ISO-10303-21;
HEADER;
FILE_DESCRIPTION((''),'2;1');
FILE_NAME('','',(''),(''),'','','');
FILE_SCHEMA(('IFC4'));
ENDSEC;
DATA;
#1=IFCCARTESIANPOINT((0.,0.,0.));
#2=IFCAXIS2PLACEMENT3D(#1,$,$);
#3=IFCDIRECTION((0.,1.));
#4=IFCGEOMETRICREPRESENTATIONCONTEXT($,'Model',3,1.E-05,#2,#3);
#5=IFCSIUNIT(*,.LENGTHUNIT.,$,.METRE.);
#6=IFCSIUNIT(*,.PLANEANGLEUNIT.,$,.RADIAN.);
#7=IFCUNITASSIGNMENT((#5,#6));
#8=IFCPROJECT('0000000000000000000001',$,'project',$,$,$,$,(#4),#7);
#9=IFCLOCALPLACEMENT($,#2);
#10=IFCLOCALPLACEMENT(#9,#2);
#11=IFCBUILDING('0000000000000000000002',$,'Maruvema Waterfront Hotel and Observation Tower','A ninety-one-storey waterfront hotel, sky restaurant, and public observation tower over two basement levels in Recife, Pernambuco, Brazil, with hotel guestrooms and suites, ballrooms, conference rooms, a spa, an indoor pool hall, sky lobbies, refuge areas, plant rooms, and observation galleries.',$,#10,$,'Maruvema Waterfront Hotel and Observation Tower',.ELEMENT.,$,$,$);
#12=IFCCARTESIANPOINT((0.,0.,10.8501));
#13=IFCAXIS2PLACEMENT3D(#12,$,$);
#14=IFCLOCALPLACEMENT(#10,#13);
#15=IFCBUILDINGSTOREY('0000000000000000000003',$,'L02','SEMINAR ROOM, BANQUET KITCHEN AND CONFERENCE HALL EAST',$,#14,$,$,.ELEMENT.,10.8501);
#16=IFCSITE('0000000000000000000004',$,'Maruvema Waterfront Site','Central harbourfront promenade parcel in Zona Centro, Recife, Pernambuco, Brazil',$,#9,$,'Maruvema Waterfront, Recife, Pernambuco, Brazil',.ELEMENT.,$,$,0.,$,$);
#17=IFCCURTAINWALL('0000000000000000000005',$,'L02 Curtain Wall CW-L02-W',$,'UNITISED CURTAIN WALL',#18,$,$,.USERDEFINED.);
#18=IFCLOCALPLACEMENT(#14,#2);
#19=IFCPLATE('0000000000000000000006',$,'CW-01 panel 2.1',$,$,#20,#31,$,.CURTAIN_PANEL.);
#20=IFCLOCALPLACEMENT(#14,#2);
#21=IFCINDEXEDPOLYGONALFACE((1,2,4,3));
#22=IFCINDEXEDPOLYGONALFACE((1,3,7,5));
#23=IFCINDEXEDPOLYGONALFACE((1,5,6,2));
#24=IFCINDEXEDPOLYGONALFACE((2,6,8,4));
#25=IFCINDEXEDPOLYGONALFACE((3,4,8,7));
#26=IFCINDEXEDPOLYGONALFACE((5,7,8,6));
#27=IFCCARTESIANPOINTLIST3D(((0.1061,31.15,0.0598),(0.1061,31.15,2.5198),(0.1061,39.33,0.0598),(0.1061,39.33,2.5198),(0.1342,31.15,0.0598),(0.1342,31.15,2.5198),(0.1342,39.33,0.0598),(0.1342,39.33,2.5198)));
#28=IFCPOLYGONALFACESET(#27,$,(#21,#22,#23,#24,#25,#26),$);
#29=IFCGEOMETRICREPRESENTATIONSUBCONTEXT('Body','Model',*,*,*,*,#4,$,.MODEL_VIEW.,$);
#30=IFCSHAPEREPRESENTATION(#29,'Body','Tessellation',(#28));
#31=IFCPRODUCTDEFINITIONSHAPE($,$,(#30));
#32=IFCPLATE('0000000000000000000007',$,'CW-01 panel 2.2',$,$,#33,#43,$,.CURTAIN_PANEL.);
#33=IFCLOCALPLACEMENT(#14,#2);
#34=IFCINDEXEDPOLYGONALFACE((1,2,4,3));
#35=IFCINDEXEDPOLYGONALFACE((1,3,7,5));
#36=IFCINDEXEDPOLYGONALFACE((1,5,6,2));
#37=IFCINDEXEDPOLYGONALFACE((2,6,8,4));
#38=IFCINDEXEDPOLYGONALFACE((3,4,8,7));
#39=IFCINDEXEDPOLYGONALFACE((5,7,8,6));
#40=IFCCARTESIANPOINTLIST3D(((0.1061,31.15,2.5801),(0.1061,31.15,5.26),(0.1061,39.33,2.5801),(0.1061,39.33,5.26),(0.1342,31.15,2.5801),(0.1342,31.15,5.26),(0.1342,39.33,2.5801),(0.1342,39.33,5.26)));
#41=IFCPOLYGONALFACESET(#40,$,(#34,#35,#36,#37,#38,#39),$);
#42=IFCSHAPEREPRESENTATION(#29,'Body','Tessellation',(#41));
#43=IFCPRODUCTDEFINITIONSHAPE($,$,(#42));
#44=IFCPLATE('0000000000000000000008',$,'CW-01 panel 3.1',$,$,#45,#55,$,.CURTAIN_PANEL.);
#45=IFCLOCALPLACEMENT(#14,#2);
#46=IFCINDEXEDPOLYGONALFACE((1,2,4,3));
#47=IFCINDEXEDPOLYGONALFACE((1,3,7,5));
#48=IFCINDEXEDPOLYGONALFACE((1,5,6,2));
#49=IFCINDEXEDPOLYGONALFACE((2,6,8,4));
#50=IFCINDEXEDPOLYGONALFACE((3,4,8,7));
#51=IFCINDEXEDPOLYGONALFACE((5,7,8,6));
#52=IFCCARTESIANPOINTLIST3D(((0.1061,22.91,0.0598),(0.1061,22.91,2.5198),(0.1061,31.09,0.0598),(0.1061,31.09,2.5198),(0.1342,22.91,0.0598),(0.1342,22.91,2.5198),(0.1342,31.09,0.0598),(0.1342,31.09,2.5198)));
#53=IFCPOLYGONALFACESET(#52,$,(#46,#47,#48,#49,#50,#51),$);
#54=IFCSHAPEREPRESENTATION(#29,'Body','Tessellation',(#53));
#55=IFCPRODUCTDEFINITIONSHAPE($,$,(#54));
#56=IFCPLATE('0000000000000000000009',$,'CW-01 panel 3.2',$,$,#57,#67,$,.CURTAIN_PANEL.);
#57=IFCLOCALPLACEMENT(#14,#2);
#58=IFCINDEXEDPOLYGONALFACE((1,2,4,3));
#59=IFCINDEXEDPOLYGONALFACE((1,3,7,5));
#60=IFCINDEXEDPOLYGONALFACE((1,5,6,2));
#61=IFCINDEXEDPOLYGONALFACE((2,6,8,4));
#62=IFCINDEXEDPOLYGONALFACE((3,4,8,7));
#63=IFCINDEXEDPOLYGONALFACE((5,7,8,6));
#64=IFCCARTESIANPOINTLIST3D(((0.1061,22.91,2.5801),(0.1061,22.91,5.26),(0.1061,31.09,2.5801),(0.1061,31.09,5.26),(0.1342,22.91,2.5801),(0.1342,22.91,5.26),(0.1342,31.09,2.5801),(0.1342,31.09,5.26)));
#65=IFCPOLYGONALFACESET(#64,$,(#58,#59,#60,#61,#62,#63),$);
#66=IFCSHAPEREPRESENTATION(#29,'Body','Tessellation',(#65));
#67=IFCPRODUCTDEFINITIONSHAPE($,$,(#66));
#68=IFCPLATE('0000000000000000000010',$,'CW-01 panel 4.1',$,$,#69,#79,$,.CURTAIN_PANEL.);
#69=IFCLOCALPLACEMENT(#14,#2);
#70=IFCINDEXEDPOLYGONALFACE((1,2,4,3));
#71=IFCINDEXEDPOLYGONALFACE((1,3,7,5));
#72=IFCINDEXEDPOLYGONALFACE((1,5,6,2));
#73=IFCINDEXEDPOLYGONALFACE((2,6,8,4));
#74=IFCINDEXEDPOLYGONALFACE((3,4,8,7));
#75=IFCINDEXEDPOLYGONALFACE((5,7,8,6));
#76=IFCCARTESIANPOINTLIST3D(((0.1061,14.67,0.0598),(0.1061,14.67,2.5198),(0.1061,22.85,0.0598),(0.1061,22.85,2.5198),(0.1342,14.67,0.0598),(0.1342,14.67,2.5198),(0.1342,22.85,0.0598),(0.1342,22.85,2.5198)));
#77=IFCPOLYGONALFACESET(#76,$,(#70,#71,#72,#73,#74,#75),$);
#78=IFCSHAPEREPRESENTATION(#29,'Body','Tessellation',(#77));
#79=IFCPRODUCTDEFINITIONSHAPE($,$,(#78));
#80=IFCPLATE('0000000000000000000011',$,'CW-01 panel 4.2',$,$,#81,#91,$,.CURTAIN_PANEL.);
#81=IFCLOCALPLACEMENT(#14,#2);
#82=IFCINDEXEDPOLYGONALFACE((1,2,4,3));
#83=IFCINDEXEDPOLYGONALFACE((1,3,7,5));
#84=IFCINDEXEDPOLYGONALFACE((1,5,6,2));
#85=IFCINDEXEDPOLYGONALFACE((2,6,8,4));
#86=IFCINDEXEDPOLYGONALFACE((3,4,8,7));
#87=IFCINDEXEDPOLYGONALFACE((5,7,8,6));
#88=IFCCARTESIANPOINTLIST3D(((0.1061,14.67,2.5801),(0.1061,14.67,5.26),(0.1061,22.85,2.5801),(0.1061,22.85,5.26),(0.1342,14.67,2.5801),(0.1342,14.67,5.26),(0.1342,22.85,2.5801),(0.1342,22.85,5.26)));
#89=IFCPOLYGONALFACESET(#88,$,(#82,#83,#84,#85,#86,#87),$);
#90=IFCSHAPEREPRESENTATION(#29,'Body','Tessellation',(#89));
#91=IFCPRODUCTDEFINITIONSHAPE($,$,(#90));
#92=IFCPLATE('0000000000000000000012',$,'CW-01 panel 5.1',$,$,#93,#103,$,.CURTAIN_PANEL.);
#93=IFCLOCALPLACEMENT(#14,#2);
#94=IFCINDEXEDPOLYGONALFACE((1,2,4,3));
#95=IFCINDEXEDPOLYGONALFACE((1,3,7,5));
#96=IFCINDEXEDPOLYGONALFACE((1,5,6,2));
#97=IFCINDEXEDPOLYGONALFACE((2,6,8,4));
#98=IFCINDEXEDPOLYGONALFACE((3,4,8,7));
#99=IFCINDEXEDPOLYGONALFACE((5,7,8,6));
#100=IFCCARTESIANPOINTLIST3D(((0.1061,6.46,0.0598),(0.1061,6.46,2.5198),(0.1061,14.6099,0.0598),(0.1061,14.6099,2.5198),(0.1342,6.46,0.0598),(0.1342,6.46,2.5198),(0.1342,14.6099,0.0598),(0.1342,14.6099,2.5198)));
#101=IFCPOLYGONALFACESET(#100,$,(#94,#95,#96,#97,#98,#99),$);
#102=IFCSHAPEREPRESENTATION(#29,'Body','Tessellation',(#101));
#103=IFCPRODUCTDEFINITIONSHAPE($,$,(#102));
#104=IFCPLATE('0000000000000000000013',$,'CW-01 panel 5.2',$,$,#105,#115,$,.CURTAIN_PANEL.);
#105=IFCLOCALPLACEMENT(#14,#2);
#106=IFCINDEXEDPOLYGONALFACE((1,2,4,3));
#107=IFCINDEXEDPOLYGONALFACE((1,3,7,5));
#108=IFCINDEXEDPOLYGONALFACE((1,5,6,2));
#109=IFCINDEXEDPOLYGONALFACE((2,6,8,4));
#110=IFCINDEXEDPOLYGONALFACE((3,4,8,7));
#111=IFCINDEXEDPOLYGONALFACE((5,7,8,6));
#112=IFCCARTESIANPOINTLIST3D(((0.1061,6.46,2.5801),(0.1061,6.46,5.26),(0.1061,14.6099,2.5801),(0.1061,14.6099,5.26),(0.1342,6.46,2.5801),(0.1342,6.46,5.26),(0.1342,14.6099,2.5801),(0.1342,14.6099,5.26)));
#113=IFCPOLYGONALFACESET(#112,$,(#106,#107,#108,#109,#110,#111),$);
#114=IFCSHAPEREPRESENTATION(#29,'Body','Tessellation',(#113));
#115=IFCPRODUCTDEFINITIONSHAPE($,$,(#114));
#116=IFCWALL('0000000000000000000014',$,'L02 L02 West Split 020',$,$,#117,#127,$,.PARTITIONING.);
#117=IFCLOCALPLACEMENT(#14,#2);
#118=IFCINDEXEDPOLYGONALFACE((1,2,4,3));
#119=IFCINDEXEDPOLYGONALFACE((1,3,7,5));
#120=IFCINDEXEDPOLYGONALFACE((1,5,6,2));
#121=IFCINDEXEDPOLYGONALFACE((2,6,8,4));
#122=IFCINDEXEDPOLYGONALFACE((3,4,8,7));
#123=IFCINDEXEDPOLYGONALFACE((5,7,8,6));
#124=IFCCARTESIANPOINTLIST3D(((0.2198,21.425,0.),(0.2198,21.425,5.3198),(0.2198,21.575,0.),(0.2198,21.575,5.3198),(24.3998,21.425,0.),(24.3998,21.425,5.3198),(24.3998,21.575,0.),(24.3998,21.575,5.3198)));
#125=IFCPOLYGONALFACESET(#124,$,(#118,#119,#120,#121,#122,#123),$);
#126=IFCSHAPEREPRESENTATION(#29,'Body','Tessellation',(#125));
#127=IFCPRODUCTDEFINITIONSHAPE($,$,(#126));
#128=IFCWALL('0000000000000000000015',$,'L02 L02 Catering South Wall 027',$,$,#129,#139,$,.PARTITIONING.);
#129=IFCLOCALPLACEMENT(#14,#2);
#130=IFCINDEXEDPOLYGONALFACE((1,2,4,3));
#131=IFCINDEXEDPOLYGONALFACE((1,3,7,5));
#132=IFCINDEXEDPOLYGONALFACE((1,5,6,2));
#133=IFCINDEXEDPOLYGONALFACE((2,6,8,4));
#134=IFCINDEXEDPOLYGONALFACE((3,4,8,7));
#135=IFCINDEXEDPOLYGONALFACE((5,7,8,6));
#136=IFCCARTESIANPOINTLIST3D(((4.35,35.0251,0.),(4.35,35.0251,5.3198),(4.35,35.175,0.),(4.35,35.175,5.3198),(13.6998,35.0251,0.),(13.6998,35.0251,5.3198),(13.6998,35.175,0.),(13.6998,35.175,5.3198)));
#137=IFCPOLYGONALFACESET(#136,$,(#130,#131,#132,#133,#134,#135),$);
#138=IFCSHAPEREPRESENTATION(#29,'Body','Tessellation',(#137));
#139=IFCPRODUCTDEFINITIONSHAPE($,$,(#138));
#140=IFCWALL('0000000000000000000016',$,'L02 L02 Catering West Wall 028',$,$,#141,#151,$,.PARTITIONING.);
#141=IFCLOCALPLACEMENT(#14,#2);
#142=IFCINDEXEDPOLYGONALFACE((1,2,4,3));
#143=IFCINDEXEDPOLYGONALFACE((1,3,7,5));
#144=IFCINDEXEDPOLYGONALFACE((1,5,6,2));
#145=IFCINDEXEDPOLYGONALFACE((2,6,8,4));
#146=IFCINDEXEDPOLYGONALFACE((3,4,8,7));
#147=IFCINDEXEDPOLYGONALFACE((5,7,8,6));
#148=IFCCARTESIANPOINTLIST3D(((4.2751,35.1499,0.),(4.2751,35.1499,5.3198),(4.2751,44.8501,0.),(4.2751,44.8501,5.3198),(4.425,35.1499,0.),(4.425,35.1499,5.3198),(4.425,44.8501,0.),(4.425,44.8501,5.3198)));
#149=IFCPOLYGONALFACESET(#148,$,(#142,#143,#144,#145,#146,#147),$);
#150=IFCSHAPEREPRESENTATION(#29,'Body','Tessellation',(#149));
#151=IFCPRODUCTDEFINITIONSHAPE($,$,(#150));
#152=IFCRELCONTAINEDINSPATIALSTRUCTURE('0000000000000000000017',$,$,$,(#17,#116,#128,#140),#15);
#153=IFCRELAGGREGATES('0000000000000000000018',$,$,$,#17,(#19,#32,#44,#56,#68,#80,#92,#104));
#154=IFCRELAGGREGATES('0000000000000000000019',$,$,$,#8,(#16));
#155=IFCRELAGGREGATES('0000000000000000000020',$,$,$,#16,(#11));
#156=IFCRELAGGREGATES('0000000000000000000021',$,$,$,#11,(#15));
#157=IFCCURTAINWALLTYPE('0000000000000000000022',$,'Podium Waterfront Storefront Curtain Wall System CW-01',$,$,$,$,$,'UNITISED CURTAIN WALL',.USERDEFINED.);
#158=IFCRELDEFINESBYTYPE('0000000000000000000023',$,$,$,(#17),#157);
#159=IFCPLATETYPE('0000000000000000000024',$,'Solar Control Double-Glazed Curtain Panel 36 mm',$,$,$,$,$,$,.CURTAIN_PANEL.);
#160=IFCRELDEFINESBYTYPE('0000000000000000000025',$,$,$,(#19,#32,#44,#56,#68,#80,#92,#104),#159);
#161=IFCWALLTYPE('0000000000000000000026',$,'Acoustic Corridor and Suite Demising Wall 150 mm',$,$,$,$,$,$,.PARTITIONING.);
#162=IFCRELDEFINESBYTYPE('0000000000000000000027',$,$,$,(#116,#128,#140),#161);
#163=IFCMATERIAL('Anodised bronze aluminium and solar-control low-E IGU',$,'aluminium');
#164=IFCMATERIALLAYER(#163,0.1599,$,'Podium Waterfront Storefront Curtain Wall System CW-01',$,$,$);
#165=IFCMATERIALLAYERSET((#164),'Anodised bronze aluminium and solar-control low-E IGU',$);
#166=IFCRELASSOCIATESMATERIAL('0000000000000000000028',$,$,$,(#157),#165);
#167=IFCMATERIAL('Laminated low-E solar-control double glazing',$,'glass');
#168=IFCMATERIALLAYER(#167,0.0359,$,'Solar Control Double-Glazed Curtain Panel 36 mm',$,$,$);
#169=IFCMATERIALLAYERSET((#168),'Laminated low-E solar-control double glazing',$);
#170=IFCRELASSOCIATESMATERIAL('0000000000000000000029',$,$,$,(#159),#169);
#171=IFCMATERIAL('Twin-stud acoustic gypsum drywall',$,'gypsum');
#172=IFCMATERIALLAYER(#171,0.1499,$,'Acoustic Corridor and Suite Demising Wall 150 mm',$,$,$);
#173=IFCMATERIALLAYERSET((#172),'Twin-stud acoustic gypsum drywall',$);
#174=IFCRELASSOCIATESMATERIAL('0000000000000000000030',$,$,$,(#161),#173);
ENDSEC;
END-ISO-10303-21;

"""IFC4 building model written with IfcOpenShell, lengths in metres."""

from ifc_helpers import new_model, si_unit, direction, frame, frame_2d, origin, origin_2d, place, context, subcontext, project, spatial, rectangle, extrude, material, layer, layer_set, type_object, element, aggregate, save


model = new_model("IFC4")

# Units and contexts
model_context = context("Model", 3, precision=1e-05, world=origin(), true_north=direction((0.0, 1.0)))
body_context = subcontext(model_context, "Body", "Model", "MODEL_VIEW")
ifc_project = project(units=[si_unit("LENGTHUNIT", "METRE"), si_unit("PLANEANGLEUNIT", "RADIAN")], contexts=[model_context])

# Site, building, storey
site_placement = place(None, origin())
site = spatial("IfcSite", under=ifc_project, at=site_placement, Name="Maruvema Waterfront Site", Description="Central harbourfront promenade parcel in Zona Centro, Recife, Pernambuco, Brazil", LongName="Maruvema Waterfront, Recife, Pernambuco, Brazil", CompositionType="ELEMENT", RefElevation=0.0)
building_placement = place(site_placement, origin())
building = spatial("IfcBuilding", under=site, at=building_placement, Name="Maruvema Waterfront Hotel and Observation Tower", Description="A ninety-one-storey waterfront hotel, sky restaurant, and public observation tower over two basement levels in Recife, Pernambuco, Brazil, with hotel guestrooms and suites, ballrooms, conference rooms, a spa, an indoor pool hall, sky lobbies, refuge areas, plant rooms, and observation galleries.", LongName="Maruvema Waterfront Hotel and Observation Tower", CompositionType="ELEMENT")
storey_placement = place(building_placement, frame((0.0, 0.0, 10.8501)))
storey = spatial("IfcBuildingStorey", under=building, at=storey_placement, Name="L02", Description="SEMINAR ROOM, BANQUET KITCHEN AND CONFERENCE HALL EAST", CompositionType="ELEMENT", Elevation=10.8501)

# Curtain wall
ifc_material_1 = material(Name="Anodised bronze aluminium and solar-control low-E IGU", Category="aluminium")
ifc_layer_1 = layer(ifc_material_1, 0.1599, Name="Podium Waterfront Storefront Curtain Wall System CW-01")
ifc_layer_set_1 = layer_set([ifc_layer_1], Name="Anodised bronze aluminium and solar-control low-E IGU")
curtain_wall_type = type_object("IfcCurtainWallType", Name="Podium Waterfront Storefront Curtain Wall System CW-01", ElementType="UNITISED CURTAIN WALL", PredefinedType="USERDEFINED", material=ifc_layer_set_1)
curtain_wall_placement = place(storey_placement, origin())
curtain_wall = element("IfcCurtainWall", 1, at=curtain_wall_placement, inside=storey, type_object=curtain_wall_type, Name="L02 Curtain Wall CW-L02-W", ObjectType="UNITISED CURTAIN WALL", PredefinedType="USERDEFINED")

# Plates
ifc_material_2 = material(Name="Laminated low-E solar-control double glazing", Category="glass")
ifc_layer_2 = layer(ifc_material_2, 0.0359, Name="Solar Control Double-Glazed Curtain Panel 36 mm")
ifc_layer_set_2 = layer_set([ifc_layer_2], Name="Laminated low-E solar-control double glazing")
plate_type = type_object("IfcPlateType", Name="Solar Control Double-Glazed Curtain Panel 36 mm", PredefinedType="CURTAIN_PANEL", material=ifc_layer_set_2)
plate_1_placement = place(storey_placement, frame((0.1201, 35.24, 0.0598), z_axis=(0.0, 0.0, 1.0), x_axis=(0.0, -1.0, 0.0)))
plate_1 = element("IfcPlate", 2, at=plate_1_placement, type_object=plate_type, Name="CW-01 panel 2.1", PredefinedType="CURTAIN_PANEL", context=body_context, shape_type="SweptSolid", body=[
    extrude(rectangle(XDim=8.1799, YDim=0.0281, at=origin_2d()), origin(), (0.0, 0.0, 1.0), 2.46),
])
plate_2_placement = place(storey_placement, frame((0.1201, 35.24, 2.5801), z_axis=(0.0, 0.0, 1.0), x_axis=(0.0, -1.0, 0.0)))
plate_2 = element("IfcPlate", 3, at=plate_2_placement, type_object=plate_type, Name="CW-01 panel 2.2", PredefinedType="CURTAIN_PANEL", context=body_context, shape_type="SweptSolid", body=[
    extrude(rectangle(XDim=8.1799, YDim=0.0281, at=origin_2d()), origin(), (0.0, 0.0, 1.0), 2.6799),
])
plate_3_placement = place(storey_placement, frame((0.1201, 27.0, 0.0598), z_axis=(0.0, 0.0, 1.0), x_axis=(0.0, -1.0, 0.0)))
plate_3 = element("IfcPlate", 4, at=plate_3_placement, type_object=plate_type, Name="CW-01 panel 3.1", PredefinedType="CURTAIN_PANEL", context=body_context, shape_type="SweptSolid", body=[
    extrude(rectangle(XDim=8.1799, YDim=0.0281, at=origin_2d()), origin(), (0.0, 0.0, 1.0), 2.46),
])
plate_4_placement = place(storey_placement, frame((0.1201, 27.0, 2.5801), z_axis=(0.0, 0.0, 1.0), x_axis=(0.0, -1.0, 0.0)))
plate_4 = element("IfcPlate", 5, at=plate_4_placement, type_object=plate_type, Name="CW-01 panel 3.2", PredefinedType="CURTAIN_PANEL", context=body_context, shape_type="SweptSolid", body=[
    extrude(rectangle(XDim=8.1799, YDim=0.0281, at=origin_2d()), origin(), (0.0, 0.0, 1.0), 2.6799),
])
plate_5_placement = place(storey_placement, frame((0.1201, 18.76, 0.0598), z_axis=(0.0, 0.0, 1.0), x_axis=(0.0, -1.0, 0.0)))
plate_5 = element("IfcPlate", 6, at=plate_5_placement, type_object=plate_type, Name="CW-01 panel 4.1", PredefinedType="CURTAIN_PANEL", context=body_context, shape_type="SweptSolid", body=[
    extrude(rectangle(XDim=8.1799, YDim=0.0281, at=origin_2d()), origin(), (0.0, 0.0, 1.0), 2.46),
])
plate_6_placement = place(storey_placement, frame((0.1201, 18.76, 2.5801), z_axis=(0.0, 0.0, 1.0), x_axis=(0.0, -1.0, 0.0)))
plate_6 = element("IfcPlate", 7, at=plate_6_placement, type_object=plate_type, Name="CW-01 panel 4.2", PredefinedType="CURTAIN_PANEL", context=body_context, shape_type="SweptSolid", body=[
    extrude(rectangle(XDim=8.1799, YDim=0.0281, at=origin_2d()), origin(), (0.0, 0.0, 1.0), 2.6799),
])
plate_7_placement = place(storey_placement, frame((0.1201, 10.5349, 0.0598), z_axis=(0.0, 0.0, 1.0), x_axis=(0.0, -1.0, 0.0)))
plate_7 = element("IfcPlate", 8, at=plate_7_placement, type_object=plate_type, Name="CW-01 panel 5.1", PredefinedType="CURTAIN_PANEL", context=body_context, shape_type="SweptSolid", body=[
    extrude(rectangle(XDim=8.1499, YDim=0.0281, at=origin_2d()), origin(), (0.0, 0.0, 1.0), 2.46),
])
plate_8_placement = place(storey_placement, frame((0.1201, 10.5349, 2.5801), z_axis=(0.0, 0.0, 1.0), x_axis=(0.0, -1.0, 0.0)))
plate_8 = element("IfcPlate", 9, at=plate_8_placement, type_object=plate_type, Name="CW-01 panel 5.2", PredefinedType="CURTAIN_PANEL", context=body_context, shape_type="SweptSolid", body=[
    extrude(rectangle(XDim=8.1499, YDim=0.0281, at=origin_2d()), origin(), (0.0, 0.0, 1.0), 2.6799),
])
aggregate(curtain_wall, [plate_1, plate_2, plate_3, plate_4, plate_5, plate_6, plate_7, plate_8])

# Walls
ifc_material_3 = material(Name="Twin-stud acoustic gypsum drywall", Category="gypsum")
ifc_layer_3 = layer(ifc_material_3, 0.1499, Name="Acoustic Corridor and Suite Demising Wall 150 mm")
ifc_layer_set_3 = layer_set([ifc_layer_3], Name="Twin-stud acoustic gypsum drywall")
wall_type = type_object("IfcWallType", Name="Acoustic Corridor and Suite Demising Wall 150 mm", PredefinedType="PARTITIONING", material=ifc_layer_set_3)
wall_1_placement = place(storey_placement, frame((0.22, 21.5, 0.0), z_axis=(0.0, 0.0, 1.0), x_axis=(1.0, 0.0, 0.0)))
element("IfcWall", 10, at=wall_1_placement, inside=storey, type_object=wall_type, Name="L02 L02 West Split 020", PredefinedType="PARTITIONING", context=body_context, shape_type="SweptSolid", body=[
    extrude(rectangle(XDim=24.1799, YDim=0.1499, at=frame_2d((12.0898, 0.0))), origin(), (0.0, 0.0, 1.0), 5.3198),
])
wall_2_placement = place(storey_placement, frame((4.3501, 35.1001, 0.0), z_axis=(0.0, 0.0, 1.0), x_axis=(1.0, 0.0, 0.0)))
element("IfcWall", 11, at=wall_2_placement, inside=storey, type_object=wall_type, Name="L02 L02 Catering South Wall 027", PredefinedType="PARTITIONING", context=body_context, shape_type="SweptSolid", body=[
    extrude(rectangle(XDim=9.3499, YDim=0.1499, at=frame_2d((4.6748, 0.0))), origin(), (0.0, 0.0, 1.0), 5.3198),
])
wall_3_placement = place(storey_placement, frame((4.3501, 35.1499, 0.0), z_axis=(0.0, 0.0, 1.0), x_axis=(0.0, 1.0, 0.0)))
element("IfcWall", 12, at=wall_3_placement, inside=storey, type_object=wall_type, Name="L02 L02 Catering West Wall 028", PredefinedType="PARTITIONING", context=body_context, shape_type="SweptSolid", body=[
    extrude(rectangle(XDim=9.7002, YDim=0.1499, at=frame_2d((4.8501, 0.0))), origin(), (0.0, 0.0, 1.0), 5.3198),
])

save(model, "model.ifc")
